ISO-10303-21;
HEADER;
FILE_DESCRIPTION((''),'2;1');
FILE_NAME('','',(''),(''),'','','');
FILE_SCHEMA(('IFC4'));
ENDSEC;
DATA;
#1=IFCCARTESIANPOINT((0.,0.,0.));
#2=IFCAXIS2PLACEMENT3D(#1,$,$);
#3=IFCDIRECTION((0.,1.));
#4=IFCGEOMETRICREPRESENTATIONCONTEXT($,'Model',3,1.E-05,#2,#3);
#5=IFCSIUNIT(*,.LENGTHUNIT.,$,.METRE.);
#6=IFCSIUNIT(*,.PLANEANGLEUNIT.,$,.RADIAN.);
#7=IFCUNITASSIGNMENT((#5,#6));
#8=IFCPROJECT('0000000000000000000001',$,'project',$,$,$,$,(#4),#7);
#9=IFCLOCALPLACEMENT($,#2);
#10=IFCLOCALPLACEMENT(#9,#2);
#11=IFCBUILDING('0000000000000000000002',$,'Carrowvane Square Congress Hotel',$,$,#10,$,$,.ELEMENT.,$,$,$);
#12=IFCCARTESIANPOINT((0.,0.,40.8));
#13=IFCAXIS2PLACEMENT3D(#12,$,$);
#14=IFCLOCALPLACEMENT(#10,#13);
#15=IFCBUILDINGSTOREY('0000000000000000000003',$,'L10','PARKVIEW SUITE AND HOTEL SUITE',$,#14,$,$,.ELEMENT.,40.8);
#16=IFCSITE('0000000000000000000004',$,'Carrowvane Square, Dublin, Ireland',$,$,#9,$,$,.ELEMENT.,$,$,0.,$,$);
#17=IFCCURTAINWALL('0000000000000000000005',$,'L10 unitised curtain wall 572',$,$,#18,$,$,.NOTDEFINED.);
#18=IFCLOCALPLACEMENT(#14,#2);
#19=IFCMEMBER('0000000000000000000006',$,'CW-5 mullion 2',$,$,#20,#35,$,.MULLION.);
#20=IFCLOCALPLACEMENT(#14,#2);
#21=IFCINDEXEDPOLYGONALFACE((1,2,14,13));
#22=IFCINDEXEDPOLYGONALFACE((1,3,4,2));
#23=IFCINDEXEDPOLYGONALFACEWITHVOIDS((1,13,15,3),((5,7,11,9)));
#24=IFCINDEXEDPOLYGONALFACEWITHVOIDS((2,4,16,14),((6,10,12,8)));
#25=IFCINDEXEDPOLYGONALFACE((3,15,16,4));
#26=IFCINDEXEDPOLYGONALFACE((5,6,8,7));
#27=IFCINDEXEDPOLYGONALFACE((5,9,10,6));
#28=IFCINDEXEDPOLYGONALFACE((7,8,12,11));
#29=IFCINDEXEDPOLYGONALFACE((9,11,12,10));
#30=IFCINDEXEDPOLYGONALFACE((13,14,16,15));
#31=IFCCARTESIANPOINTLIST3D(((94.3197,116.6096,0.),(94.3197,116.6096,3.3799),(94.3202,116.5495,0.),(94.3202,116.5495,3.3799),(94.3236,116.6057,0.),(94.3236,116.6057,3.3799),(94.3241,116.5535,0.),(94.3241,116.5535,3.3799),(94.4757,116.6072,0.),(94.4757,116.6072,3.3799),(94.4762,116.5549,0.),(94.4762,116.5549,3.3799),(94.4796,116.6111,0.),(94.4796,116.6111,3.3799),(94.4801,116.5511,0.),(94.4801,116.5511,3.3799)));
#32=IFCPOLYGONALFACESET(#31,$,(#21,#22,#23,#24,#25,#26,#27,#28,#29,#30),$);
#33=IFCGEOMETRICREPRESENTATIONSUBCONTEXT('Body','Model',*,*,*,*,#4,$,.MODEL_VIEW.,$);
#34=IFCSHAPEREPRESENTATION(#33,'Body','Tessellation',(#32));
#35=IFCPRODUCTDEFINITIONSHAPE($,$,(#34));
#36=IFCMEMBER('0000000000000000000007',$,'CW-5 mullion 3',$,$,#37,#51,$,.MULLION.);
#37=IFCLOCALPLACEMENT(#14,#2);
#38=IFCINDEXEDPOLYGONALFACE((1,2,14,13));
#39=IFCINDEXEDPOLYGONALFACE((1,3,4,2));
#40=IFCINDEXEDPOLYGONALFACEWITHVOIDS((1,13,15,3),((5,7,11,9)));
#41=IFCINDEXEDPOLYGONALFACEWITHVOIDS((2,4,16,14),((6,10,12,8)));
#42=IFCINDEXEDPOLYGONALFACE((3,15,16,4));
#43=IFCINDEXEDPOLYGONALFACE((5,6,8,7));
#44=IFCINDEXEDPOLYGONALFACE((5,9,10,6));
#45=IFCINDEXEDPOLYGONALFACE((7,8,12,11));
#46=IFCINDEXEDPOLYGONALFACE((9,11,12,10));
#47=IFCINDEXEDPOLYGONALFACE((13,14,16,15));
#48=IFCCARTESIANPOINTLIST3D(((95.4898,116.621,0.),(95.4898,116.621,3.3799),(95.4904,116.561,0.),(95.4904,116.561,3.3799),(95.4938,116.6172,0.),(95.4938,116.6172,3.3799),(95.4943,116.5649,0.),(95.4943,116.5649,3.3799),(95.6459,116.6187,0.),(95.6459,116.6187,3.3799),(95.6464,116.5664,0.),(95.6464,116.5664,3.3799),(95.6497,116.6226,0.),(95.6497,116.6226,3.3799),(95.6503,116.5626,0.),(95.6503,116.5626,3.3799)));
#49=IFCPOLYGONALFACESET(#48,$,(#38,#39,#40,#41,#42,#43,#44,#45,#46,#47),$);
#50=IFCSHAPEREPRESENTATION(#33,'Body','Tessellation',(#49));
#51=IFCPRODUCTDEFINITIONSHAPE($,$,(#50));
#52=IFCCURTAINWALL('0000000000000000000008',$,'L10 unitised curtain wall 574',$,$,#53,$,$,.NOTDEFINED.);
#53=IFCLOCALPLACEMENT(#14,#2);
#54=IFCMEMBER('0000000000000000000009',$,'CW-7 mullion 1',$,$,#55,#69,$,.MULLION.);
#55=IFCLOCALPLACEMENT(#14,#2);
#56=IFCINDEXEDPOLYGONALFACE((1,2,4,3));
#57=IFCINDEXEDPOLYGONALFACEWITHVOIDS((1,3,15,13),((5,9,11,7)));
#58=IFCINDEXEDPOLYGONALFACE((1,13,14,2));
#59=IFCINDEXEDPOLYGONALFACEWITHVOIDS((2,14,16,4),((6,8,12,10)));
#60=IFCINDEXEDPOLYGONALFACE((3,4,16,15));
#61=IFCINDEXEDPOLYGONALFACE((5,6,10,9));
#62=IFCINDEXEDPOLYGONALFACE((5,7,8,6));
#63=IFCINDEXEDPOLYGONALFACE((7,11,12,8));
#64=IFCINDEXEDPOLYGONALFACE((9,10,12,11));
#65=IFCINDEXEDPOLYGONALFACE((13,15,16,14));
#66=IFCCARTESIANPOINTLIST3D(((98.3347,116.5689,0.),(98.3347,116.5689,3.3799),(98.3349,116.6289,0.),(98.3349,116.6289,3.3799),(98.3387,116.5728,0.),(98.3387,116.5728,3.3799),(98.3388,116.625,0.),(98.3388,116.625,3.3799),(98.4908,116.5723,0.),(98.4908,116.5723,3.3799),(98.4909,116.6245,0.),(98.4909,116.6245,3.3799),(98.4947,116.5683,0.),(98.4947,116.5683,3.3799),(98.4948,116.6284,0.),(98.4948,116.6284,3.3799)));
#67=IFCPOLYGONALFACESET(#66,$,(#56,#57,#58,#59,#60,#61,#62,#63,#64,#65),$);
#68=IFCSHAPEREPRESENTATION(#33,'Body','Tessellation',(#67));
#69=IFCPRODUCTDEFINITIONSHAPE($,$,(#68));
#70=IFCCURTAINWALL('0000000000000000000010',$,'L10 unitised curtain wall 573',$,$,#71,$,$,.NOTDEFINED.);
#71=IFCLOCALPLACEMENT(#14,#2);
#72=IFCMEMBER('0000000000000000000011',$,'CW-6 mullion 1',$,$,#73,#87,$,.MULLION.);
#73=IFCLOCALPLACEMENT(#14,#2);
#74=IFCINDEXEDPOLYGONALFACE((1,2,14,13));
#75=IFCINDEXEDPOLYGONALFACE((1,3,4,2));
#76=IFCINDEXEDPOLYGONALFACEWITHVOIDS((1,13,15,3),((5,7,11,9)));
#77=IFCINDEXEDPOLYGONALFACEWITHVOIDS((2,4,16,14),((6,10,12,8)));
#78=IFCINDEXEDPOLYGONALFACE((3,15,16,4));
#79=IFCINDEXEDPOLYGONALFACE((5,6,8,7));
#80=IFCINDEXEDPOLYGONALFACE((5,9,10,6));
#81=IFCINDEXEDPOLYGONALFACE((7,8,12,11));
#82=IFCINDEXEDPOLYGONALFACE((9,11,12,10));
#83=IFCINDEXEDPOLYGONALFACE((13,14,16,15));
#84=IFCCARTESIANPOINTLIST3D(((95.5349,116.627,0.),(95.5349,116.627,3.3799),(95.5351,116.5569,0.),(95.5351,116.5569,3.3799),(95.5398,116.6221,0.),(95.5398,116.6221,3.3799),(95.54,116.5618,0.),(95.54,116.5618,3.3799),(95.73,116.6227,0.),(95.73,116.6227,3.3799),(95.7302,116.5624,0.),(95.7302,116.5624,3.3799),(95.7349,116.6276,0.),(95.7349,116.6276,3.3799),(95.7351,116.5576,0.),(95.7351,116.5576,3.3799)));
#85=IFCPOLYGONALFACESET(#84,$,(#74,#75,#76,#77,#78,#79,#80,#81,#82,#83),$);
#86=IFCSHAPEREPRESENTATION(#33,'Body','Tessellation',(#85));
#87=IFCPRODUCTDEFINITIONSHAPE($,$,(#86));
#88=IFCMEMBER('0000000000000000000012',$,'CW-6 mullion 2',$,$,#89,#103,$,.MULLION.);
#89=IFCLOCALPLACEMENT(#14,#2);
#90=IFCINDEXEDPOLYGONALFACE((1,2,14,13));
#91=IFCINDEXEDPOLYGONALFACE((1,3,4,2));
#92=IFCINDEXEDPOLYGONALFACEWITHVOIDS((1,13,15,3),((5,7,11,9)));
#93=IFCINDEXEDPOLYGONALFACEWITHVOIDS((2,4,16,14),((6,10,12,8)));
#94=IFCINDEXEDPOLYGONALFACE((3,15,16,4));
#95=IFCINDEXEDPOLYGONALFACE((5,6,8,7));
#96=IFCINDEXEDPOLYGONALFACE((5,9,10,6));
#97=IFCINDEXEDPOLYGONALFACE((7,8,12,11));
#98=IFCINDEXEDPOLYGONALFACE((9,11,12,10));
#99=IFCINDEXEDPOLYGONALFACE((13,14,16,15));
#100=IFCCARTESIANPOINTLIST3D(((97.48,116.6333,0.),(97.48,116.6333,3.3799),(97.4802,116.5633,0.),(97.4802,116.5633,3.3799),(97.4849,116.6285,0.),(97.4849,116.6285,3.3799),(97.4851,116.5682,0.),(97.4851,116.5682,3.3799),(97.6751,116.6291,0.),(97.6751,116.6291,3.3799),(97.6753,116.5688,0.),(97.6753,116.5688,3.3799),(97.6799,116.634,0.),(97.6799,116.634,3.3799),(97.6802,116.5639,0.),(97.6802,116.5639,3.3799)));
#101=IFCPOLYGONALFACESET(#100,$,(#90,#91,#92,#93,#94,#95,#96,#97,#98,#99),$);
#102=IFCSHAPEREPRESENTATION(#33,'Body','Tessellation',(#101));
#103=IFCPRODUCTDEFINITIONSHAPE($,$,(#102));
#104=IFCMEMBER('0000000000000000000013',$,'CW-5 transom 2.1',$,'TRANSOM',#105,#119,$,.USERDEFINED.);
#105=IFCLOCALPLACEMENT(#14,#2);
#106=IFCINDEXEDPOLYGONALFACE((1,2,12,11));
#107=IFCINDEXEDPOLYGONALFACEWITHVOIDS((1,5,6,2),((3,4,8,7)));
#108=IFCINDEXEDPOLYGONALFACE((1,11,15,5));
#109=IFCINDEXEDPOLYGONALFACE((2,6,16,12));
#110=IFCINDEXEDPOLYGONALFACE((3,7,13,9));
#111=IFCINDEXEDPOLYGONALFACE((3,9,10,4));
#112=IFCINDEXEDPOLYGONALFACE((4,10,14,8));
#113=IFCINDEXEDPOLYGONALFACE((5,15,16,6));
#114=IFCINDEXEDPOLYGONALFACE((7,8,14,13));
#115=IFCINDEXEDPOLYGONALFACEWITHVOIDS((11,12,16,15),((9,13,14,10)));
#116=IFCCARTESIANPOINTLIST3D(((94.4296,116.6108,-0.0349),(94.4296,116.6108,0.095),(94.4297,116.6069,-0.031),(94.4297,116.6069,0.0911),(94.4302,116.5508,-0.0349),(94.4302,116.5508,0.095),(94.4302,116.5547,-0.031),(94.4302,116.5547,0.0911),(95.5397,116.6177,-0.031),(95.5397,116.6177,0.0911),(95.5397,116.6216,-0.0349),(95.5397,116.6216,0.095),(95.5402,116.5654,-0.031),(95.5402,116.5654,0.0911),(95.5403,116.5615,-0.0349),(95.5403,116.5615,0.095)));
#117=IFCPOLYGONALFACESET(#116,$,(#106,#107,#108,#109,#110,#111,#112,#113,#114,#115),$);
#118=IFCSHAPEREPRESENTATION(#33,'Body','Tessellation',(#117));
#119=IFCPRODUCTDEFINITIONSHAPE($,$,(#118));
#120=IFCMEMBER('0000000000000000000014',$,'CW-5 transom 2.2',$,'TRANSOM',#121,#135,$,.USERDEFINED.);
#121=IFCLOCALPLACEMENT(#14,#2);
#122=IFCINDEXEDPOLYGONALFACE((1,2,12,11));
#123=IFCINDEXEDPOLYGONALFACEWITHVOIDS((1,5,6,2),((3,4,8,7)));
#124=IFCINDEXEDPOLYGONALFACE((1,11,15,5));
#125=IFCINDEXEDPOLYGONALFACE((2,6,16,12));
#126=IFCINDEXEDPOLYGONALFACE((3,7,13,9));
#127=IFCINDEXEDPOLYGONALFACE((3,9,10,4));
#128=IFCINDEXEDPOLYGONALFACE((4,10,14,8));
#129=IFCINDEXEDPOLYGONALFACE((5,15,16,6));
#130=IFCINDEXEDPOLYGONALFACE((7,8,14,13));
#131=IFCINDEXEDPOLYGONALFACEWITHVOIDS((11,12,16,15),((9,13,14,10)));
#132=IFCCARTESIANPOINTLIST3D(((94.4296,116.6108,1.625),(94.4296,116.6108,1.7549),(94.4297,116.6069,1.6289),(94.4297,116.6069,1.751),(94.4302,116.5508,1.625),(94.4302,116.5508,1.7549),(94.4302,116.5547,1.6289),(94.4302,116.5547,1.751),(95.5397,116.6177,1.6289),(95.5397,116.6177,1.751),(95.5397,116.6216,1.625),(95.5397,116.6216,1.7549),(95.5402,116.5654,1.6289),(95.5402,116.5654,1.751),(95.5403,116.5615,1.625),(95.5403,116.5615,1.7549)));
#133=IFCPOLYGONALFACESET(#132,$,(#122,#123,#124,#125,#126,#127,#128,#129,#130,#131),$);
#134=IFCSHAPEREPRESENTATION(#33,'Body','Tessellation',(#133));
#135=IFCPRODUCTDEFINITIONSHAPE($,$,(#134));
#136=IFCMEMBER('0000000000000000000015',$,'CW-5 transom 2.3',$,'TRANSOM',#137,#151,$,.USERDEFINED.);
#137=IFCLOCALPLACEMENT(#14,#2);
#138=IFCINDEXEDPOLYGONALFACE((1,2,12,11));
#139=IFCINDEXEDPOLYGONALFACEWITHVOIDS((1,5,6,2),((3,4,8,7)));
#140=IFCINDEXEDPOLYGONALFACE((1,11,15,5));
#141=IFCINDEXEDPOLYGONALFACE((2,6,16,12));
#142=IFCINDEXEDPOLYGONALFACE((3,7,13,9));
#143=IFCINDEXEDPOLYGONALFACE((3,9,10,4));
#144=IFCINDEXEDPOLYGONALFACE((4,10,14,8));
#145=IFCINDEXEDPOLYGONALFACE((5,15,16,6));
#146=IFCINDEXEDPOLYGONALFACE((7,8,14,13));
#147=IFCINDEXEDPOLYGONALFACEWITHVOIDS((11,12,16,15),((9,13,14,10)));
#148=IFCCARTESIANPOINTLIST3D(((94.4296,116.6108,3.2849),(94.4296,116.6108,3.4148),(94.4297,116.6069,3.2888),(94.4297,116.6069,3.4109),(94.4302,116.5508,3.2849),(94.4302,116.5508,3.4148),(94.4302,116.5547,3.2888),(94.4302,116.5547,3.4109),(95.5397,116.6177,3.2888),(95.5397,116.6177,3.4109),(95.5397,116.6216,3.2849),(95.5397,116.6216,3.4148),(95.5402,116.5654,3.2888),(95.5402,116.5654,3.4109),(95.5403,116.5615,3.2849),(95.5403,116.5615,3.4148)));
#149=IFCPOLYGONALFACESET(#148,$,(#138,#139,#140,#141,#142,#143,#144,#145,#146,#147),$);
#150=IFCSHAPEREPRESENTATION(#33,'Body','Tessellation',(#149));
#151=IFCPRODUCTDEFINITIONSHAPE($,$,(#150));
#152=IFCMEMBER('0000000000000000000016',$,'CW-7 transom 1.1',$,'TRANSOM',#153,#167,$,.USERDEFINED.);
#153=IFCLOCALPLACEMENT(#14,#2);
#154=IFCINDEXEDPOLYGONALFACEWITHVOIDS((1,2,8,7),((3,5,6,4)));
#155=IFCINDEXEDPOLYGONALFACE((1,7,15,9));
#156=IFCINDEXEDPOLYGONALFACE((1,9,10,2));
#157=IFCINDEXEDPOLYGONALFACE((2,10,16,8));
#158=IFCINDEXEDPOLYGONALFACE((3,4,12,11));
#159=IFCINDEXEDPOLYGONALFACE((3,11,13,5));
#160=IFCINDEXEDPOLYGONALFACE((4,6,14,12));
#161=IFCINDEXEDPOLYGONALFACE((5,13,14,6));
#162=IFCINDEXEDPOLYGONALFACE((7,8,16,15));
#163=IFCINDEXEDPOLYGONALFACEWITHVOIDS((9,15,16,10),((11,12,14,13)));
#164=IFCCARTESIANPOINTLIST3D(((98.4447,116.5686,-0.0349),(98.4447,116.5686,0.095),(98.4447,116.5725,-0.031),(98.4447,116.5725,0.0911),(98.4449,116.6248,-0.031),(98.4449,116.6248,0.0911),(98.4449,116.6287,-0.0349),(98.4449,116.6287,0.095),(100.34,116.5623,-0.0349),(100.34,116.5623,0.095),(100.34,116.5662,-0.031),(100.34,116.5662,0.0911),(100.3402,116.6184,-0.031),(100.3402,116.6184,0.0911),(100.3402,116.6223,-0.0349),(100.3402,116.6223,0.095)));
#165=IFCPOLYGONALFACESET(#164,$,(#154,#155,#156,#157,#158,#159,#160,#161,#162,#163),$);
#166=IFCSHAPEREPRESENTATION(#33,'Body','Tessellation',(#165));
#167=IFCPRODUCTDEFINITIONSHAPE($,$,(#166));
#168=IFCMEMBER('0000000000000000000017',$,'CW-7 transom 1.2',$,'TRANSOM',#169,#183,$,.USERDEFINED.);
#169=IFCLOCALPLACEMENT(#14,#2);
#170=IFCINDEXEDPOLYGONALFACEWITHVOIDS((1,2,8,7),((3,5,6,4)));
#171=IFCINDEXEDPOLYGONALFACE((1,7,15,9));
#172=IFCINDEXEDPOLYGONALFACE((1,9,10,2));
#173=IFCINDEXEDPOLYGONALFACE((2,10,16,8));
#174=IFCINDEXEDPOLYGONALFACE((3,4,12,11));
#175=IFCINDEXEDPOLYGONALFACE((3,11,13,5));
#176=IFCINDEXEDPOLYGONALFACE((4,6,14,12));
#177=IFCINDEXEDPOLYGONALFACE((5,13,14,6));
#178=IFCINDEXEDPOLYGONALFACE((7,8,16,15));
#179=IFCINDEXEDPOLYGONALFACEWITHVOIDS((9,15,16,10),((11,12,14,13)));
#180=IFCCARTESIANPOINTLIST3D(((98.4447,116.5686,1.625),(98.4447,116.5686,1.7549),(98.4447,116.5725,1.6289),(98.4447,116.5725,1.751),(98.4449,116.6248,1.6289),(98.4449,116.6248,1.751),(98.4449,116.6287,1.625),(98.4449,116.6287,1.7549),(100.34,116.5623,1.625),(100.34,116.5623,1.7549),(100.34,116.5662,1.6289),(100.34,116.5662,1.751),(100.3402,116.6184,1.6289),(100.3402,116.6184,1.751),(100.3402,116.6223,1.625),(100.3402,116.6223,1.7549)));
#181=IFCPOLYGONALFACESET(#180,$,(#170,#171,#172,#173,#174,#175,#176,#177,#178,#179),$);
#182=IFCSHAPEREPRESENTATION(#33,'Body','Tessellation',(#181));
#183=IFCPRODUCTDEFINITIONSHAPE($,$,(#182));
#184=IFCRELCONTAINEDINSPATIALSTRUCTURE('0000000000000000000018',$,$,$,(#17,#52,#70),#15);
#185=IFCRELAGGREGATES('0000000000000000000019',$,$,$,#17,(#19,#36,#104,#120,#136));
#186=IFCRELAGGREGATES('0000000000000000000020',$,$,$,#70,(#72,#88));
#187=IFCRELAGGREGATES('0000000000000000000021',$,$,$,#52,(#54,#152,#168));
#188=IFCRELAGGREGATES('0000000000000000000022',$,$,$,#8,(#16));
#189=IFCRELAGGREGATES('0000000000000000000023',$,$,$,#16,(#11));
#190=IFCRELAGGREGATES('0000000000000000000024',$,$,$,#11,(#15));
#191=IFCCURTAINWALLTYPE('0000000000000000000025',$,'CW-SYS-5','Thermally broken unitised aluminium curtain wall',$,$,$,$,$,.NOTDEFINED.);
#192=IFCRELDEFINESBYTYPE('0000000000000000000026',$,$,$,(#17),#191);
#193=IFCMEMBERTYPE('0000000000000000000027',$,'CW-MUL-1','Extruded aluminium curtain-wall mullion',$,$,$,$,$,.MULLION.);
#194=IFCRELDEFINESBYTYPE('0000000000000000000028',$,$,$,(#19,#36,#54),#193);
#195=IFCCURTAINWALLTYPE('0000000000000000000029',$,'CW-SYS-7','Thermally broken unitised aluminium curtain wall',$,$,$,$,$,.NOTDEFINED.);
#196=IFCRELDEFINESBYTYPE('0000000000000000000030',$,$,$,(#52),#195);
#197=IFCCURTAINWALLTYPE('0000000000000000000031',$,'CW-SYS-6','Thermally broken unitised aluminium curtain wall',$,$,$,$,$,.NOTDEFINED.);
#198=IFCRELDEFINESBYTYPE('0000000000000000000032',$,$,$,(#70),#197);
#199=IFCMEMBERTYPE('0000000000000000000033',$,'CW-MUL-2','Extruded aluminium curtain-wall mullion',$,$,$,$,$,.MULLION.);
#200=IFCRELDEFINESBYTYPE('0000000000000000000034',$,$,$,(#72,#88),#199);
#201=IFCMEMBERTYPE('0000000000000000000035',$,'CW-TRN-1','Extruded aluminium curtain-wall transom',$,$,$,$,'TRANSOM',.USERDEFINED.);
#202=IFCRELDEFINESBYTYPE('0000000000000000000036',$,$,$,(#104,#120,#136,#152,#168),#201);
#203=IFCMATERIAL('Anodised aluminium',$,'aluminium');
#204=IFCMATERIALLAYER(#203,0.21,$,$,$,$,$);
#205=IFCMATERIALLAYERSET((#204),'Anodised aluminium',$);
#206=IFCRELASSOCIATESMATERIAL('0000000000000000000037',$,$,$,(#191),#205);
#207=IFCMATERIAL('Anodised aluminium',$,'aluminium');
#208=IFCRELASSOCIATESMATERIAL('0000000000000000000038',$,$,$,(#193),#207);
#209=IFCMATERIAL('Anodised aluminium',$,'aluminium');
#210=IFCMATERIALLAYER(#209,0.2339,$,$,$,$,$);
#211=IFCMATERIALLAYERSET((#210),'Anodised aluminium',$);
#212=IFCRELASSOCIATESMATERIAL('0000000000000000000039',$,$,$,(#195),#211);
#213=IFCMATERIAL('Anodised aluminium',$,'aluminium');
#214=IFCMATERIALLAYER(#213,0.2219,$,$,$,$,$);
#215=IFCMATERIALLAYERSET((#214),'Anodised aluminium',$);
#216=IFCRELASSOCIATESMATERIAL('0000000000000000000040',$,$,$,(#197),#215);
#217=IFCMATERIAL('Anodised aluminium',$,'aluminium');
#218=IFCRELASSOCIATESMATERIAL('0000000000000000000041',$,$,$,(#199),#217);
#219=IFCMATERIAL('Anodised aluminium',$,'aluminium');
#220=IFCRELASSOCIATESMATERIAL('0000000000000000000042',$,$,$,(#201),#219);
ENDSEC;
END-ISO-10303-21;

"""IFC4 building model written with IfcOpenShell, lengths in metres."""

from ifc_helpers import new_model, si_unit, direction, frame, origin, origin_2d, place, context, subcontext, project, spatial, hollow_rectangle, extrude, material, layer, layer_set, material_profile, profile_set, type_object, element, aggregate, save


model = new_model("IFC4")

# Units and contexts
model_context = context("Model", 3, precision=1e-05, world=origin(), true_north=direction((0.0, 1.0)))
body_context = subcontext(model_context, "Body", "Model", "MODEL_VIEW")
ifc_project = project(units=[si_unit("LENGTHUNIT", "METRE"), si_unit("PLANEANGLEUNIT", "RADIAN")], contexts=[model_context])

# Site, building, storey
site_placement = place(None, origin())
site = spatial("IfcSite", under=ifc_project, at=site_placement, Name="Carrowvane Square, Dublin, Ireland", CompositionType="ELEMENT", RefElevation=0.0)
building_placement = place(site_placement, origin())
building = spatial("IfcBuilding", under=site, at=building_placement, Name="Carrowvane Square Congress Hotel", CompositionType="ELEMENT")
storey_placement = place(building_placement, frame((0.0, 0.0, 40.8)))
storey = spatial("IfcBuildingStorey", under=building, at=storey_placement, Name="L10", Description="PARKVIEW SUITE AND HOTEL SUITE", CompositionType="ELEMENT", Elevation=40.8)

# Curtain wall, members
ifc_material_1 = material(Name="Anodised aluminium", Category="aluminium")
ifc_layer_1 = layer(ifc_material_1, 0.21)
ifc_layer_set_1 = layer_set([ifc_layer_1], Name="Anodised aluminium")
curtain_wall_type_1 = type_object("IfcCurtainWallType", Name="CW-SYS-5", Description="Thermally broken unitised aluminium curtain wall", PredefinedType="NOTDEFINED", material=ifc_layer_set_1)
curtain_wall_1_placement = place(storey_placement, origin())
curtain_wall_1 = element("IfcCurtainWall", 1, at=curtain_wall_1_placement, inside=storey, type_object=curtain_wall_type_1, Name="L10 unitised curtain wall 572", PredefinedType="NOTDEFINED")
ifc_material_2 = material(Name="Anodised aluminium", Category="aluminium")
ifc_material_profile_1 = material_profile(ifc_material_2, hollow_rectangle(XDim=0.0601, YDim=0.1599, WallThickness=0.0039, at=origin_2d()), Name="CW-ML 60x160x4")
ifc_profile_set_1 = profile_set([ifc_material_profile_1], Name="Anodised aluminium")
member_type_1 = type_object("IfcMemberType", Name="CW-MUL-1", Description="Extruded aluminium curtain-wall mullion", PredefinedType="MULLION", material=ifc_profile_set_1)
member_1_placement = place(storey_placement, frame((94.3999, 116.5803, 0.0), z_axis=(0.0, 0.0, 1.0), x_axis=(-0.009783, 0.999952, 0.0)))
member_1 = element("IfcMember", 2, at=member_1_placement, type_object=member_type_1, Name="CW-5 mullion 2", PredefinedType="MULLION", context=body_context, shape_type="SweptSolid", body=[
    extrude(hollow_rectangle(XDim=0.0601, YDim=0.1599, WallThickness=0.0039, at=origin_2d()), origin(), (0.0, 0.0, 1.0), 3.3799),
])
member_2_placement = place(storey_placement, frame((95.5701, 116.5918, 0.0), z_axis=(0.0, 0.0, 1.0), x_axis=(-0.009783, 0.999952, 0.0)))
member_2 = element("IfcMember", 3, at=member_2_placement, type_object=member_type_1, Name="CW-5 mullion 3", PredefinedType="MULLION", context=body_context, shape_type="SweptSolid", body=[
    extrude(hollow_rectangle(XDim=0.0601, YDim=0.1599, WallThickness=0.0039, at=origin_2d()), origin(), (0.0, 0.0, 1.0), 3.3799),
])

# Curtain wall, member
ifc_material_3 = material(Name="Anodised aluminium", Category="aluminium")
ifc_layer_2 = layer(ifc_material_3, 0.2339)
ifc_layer_set_2 = layer_set([ifc_layer_2], Name="Anodised aluminium")
curtain_wall_type_2 = type_object("IfcCurtainWallType", Name="CW-SYS-7", Description="Thermally broken unitised aluminium curtain wall", PredefinedType="NOTDEFINED", material=ifc_layer_set_2)
curtain_wall_2_placement = place(storey_placement, origin())
curtain_wall_2 = element("IfcCurtainWall", 4, at=curtain_wall_2_placement, inside=storey, type_object=curtain_wall_type_2, Name="L10 unitised curtain wall 574", PredefinedType="NOTDEFINED")
member_3_placement = place(storey_placement, frame((98.4148, 116.5986, 0.0), z_axis=(0.0, 0.0, 1.0), x_axis=(0.00327, 0.999995, 0.0)))
member_3 = element("IfcMember", 5, at=member_3_placement, type_object=member_type_1, Name="CW-7 mullion 1", PredefinedType="MULLION", context=body_context, shape_type="SweptSolid", body=[
    extrude(hollow_rectangle(XDim=0.0601, YDim=0.1599, WallThickness=0.0039, at=origin_2d()), origin(), (0.0, 0.0, 1.0), 3.3799),
])

# Curtain wall, members
ifc_material_4 = material(Name="Anodised aluminium", Category="aluminium")
ifc_layer_3 = layer(ifc_material_4, 0.2219)
ifc_layer_set_3 = layer_set([ifc_layer_3], Name="Anodised aluminium")
curtain_wall_type_3 = type_object("IfcCurtainWallType", Name="CW-SYS-6", Description="Thermally broken unitised aluminium curtain wall", PredefinedType="NOTDEFINED", material=ifc_layer_set_3)
curtain_wall_3_placement = place(storey_placement, origin())
curtain_wall_3 = element("IfcCurtainWall", 6, at=curtain_wall_3_placement, inside=storey, type_object=curtain_wall_type_3, Name="L10 unitised curtain wall 573", PredefinedType="NOTDEFINED")
ifc_material_5 = material(Name="Anodised aluminium", Category="aluminium")
ifc_material_profile_2 = material_profile(ifc_material_5, hollow_rectangle(XDim=0.0701, YDim=0.2, WallThickness=0.0049, at=origin_2d()), Name="CW-ML 70x200x5")
ifc_profile_set_2 = profile_set([ifc_material_profile_2], Name="Anodised aluminium")
member_type_2 = type_object("IfcMemberType", Name="CW-MUL-2", Description="Extruded aluminium curtain-wall mullion", PredefinedType="MULLION", material=ifc_profile_set_2)
member_4_placement = place(storey_placement, frame((95.635, 116.5923, 0.0), z_axis=(0.0, 0.0, 1.0), x_axis=(-0.00327, 0.999995, 0.0)))
member_4 = element("IfcMember", 7, at=member_4_placement, type_object=member_type_2, Name="CW-6 mullion 1", PredefinedType="MULLION", context=body_context, shape_type="SweptSolid", body=[
    extrude(hollow_rectangle(XDim=0.0701, YDim=0.2, WallThickness=0.0049, at=origin_2d()), origin(), (0.0, 0.0, 1.0), 3.3799),
])
member_5_placement = place(storey_placement, frame((97.5801, 116.5986, 0.0), z_axis=(0.0, 0.0, 1.0), x_axis=(-0.00327, 0.999995, 0.0)))
member_5 = element("IfcMember", 8, at=member_5_placement, type_object=member_type_2, Name="CW-6 mullion 2", PredefinedType="MULLION", context=body_context, shape_type="SweptSolid", body=[
    extrude(hollow_rectangle(XDim=0.0701, YDim=0.2, WallThickness=0.0049, at=origin_2d()), origin(), (0.0, 0.0, 1.0), 3.3799),
])

# Members
ifc_material_6 = material(Name="Anodised aluminium", Category="aluminium")
ifc_material_profile_3 = material_profile(ifc_material_6, hollow_rectangle(XDim=0.0601, YDim=0.1299, WallThickness=0.0039, at=origin_2d()), Name="CW-TR 60x130x4")
ifc_profile_set_3 = profile_set([ifc_material_profile_3], Name="Anodised aluminium")
member_type_3 = type_object("IfcMemberType", Name="CW-TRN-1", Description="Extruded aluminium curtain-wall transom", ElementType="TRANSOM", PredefinedType="USERDEFINED", material=ifc_profile_set_3)
member_6_placement = place(storey_placement, frame((94.4299, 116.5808, 0.03), z_axis=(0.999953, 0.009676, 0.0), x_axis=(-0.009676, 0.999953, 0.0)))
member_6 = element("IfcMember", 9, at=member_6_placement, type_object=member_type_3, Name="CW-5 transom 2.1", ObjectType="TRANSOM", PredefinedType="USERDEFINED", context=body_context, shape_type="SweptSolid", body=[
    extrude(hollow_rectangle(XDim=0.0601, YDim=0.1299, WallThickness=0.0039, at=origin_2d()), origin(), (0.0, 0.0, 1.0), 1.1101),
])
member_7_placement = place(storey_placement, frame((94.4299, 116.5808, 1.6899), z_axis=(0.999953, 0.009676, 0.0), x_axis=(-0.009676, 0.999953, 0.0)))
member_7 = element("IfcMember", 10, at=member_7_placement, type_object=member_type_3, Name="CW-5 transom 2.2", ObjectType="TRANSOM", PredefinedType="USERDEFINED", context=body_context, shape_type="SweptSolid", body=[
    extrude(hollow_rectangle(XDim=0.0601, YDim=0.1299, WallThickness=0.0039, at=origin_2d()), origin(), (0.0, 0.0, 1.0), 1.1101),
])
member_8_placement = place(storey_placement, frame((94.4299, 116.5808, 3.3499), z_axis=(0.999953, 0.009676, 0.0), x_axis=(-0.009676, 0.999953, 0.0)))
member_8 = element("IfcMember", 11, at=member_8_placement, type_object=member_type_3, Name="CW-5 transom 2.3", ObjectType="TRANSOM", PredefinedType="USERDEFINED", context=body_context, shape_type="SweptSolid", body=[
    extrude(hollow_rectangle(XDim=0.0601, YDim=0.1299, WallThickness=0.0039, at=origin_2d()), origin(), (0.0, 0.0, 1.0), 1.1101),
])
member_9_placement = place(storey_placement, frame((98.4448, 116.5986, 0.03), z_axis=(0.999994, -0.003349, 0.0), x_axis=(0.003349, 0.999994, 0.0)))
member_9 = element("IfcMember", 12, at=member_9_placement, type_object=member_type_3, Name="CW-7 transom 1.1", ObjectType="TRANSOM", PredefinedType="USERDEFINED", context=body_context, shape_type="SweptSolid", body=[
    extrude(hollow_rectangle(XDim=0.0601, YDim=0.1299, WallThickness=0.0039, at=origin_2d()), origin(), (0.0, 0.0, 1.0), 1.8953),
])
member_10_placement = place(storey_placement, frame((98.4448, 116.5986, 1.6899), z_axis=(0.999994, -0.003349, 0.0), x_axis=(0.003349, 0.999994, 0.0)))
member_10 = element("IfcMember", 13, at=member_10_placement, type_object=member_type_3, Name="CW-7 transom 1.2", ObjectType="TRANSOM", PredefinedType="USERDEFINED", context=body_context, shape_type="SweptSolid", body=[
    extrude(hollow_rectangle(XDim=0.0601, YDim=0.1299, WallThickness=0.0039, at=origin_2d()), origin(), (0.0, 0.0, 1.0), 1.8953),
])

aggregate(curtain_wall_1, [member_1, member_2, member_6, member_7, member_8])
aggregate(curtain_wall_3, [member_4, member_5])
aggregate(curtain_wall_2, [member_3, member_9, member_10])

save(model, "model.ifc")
